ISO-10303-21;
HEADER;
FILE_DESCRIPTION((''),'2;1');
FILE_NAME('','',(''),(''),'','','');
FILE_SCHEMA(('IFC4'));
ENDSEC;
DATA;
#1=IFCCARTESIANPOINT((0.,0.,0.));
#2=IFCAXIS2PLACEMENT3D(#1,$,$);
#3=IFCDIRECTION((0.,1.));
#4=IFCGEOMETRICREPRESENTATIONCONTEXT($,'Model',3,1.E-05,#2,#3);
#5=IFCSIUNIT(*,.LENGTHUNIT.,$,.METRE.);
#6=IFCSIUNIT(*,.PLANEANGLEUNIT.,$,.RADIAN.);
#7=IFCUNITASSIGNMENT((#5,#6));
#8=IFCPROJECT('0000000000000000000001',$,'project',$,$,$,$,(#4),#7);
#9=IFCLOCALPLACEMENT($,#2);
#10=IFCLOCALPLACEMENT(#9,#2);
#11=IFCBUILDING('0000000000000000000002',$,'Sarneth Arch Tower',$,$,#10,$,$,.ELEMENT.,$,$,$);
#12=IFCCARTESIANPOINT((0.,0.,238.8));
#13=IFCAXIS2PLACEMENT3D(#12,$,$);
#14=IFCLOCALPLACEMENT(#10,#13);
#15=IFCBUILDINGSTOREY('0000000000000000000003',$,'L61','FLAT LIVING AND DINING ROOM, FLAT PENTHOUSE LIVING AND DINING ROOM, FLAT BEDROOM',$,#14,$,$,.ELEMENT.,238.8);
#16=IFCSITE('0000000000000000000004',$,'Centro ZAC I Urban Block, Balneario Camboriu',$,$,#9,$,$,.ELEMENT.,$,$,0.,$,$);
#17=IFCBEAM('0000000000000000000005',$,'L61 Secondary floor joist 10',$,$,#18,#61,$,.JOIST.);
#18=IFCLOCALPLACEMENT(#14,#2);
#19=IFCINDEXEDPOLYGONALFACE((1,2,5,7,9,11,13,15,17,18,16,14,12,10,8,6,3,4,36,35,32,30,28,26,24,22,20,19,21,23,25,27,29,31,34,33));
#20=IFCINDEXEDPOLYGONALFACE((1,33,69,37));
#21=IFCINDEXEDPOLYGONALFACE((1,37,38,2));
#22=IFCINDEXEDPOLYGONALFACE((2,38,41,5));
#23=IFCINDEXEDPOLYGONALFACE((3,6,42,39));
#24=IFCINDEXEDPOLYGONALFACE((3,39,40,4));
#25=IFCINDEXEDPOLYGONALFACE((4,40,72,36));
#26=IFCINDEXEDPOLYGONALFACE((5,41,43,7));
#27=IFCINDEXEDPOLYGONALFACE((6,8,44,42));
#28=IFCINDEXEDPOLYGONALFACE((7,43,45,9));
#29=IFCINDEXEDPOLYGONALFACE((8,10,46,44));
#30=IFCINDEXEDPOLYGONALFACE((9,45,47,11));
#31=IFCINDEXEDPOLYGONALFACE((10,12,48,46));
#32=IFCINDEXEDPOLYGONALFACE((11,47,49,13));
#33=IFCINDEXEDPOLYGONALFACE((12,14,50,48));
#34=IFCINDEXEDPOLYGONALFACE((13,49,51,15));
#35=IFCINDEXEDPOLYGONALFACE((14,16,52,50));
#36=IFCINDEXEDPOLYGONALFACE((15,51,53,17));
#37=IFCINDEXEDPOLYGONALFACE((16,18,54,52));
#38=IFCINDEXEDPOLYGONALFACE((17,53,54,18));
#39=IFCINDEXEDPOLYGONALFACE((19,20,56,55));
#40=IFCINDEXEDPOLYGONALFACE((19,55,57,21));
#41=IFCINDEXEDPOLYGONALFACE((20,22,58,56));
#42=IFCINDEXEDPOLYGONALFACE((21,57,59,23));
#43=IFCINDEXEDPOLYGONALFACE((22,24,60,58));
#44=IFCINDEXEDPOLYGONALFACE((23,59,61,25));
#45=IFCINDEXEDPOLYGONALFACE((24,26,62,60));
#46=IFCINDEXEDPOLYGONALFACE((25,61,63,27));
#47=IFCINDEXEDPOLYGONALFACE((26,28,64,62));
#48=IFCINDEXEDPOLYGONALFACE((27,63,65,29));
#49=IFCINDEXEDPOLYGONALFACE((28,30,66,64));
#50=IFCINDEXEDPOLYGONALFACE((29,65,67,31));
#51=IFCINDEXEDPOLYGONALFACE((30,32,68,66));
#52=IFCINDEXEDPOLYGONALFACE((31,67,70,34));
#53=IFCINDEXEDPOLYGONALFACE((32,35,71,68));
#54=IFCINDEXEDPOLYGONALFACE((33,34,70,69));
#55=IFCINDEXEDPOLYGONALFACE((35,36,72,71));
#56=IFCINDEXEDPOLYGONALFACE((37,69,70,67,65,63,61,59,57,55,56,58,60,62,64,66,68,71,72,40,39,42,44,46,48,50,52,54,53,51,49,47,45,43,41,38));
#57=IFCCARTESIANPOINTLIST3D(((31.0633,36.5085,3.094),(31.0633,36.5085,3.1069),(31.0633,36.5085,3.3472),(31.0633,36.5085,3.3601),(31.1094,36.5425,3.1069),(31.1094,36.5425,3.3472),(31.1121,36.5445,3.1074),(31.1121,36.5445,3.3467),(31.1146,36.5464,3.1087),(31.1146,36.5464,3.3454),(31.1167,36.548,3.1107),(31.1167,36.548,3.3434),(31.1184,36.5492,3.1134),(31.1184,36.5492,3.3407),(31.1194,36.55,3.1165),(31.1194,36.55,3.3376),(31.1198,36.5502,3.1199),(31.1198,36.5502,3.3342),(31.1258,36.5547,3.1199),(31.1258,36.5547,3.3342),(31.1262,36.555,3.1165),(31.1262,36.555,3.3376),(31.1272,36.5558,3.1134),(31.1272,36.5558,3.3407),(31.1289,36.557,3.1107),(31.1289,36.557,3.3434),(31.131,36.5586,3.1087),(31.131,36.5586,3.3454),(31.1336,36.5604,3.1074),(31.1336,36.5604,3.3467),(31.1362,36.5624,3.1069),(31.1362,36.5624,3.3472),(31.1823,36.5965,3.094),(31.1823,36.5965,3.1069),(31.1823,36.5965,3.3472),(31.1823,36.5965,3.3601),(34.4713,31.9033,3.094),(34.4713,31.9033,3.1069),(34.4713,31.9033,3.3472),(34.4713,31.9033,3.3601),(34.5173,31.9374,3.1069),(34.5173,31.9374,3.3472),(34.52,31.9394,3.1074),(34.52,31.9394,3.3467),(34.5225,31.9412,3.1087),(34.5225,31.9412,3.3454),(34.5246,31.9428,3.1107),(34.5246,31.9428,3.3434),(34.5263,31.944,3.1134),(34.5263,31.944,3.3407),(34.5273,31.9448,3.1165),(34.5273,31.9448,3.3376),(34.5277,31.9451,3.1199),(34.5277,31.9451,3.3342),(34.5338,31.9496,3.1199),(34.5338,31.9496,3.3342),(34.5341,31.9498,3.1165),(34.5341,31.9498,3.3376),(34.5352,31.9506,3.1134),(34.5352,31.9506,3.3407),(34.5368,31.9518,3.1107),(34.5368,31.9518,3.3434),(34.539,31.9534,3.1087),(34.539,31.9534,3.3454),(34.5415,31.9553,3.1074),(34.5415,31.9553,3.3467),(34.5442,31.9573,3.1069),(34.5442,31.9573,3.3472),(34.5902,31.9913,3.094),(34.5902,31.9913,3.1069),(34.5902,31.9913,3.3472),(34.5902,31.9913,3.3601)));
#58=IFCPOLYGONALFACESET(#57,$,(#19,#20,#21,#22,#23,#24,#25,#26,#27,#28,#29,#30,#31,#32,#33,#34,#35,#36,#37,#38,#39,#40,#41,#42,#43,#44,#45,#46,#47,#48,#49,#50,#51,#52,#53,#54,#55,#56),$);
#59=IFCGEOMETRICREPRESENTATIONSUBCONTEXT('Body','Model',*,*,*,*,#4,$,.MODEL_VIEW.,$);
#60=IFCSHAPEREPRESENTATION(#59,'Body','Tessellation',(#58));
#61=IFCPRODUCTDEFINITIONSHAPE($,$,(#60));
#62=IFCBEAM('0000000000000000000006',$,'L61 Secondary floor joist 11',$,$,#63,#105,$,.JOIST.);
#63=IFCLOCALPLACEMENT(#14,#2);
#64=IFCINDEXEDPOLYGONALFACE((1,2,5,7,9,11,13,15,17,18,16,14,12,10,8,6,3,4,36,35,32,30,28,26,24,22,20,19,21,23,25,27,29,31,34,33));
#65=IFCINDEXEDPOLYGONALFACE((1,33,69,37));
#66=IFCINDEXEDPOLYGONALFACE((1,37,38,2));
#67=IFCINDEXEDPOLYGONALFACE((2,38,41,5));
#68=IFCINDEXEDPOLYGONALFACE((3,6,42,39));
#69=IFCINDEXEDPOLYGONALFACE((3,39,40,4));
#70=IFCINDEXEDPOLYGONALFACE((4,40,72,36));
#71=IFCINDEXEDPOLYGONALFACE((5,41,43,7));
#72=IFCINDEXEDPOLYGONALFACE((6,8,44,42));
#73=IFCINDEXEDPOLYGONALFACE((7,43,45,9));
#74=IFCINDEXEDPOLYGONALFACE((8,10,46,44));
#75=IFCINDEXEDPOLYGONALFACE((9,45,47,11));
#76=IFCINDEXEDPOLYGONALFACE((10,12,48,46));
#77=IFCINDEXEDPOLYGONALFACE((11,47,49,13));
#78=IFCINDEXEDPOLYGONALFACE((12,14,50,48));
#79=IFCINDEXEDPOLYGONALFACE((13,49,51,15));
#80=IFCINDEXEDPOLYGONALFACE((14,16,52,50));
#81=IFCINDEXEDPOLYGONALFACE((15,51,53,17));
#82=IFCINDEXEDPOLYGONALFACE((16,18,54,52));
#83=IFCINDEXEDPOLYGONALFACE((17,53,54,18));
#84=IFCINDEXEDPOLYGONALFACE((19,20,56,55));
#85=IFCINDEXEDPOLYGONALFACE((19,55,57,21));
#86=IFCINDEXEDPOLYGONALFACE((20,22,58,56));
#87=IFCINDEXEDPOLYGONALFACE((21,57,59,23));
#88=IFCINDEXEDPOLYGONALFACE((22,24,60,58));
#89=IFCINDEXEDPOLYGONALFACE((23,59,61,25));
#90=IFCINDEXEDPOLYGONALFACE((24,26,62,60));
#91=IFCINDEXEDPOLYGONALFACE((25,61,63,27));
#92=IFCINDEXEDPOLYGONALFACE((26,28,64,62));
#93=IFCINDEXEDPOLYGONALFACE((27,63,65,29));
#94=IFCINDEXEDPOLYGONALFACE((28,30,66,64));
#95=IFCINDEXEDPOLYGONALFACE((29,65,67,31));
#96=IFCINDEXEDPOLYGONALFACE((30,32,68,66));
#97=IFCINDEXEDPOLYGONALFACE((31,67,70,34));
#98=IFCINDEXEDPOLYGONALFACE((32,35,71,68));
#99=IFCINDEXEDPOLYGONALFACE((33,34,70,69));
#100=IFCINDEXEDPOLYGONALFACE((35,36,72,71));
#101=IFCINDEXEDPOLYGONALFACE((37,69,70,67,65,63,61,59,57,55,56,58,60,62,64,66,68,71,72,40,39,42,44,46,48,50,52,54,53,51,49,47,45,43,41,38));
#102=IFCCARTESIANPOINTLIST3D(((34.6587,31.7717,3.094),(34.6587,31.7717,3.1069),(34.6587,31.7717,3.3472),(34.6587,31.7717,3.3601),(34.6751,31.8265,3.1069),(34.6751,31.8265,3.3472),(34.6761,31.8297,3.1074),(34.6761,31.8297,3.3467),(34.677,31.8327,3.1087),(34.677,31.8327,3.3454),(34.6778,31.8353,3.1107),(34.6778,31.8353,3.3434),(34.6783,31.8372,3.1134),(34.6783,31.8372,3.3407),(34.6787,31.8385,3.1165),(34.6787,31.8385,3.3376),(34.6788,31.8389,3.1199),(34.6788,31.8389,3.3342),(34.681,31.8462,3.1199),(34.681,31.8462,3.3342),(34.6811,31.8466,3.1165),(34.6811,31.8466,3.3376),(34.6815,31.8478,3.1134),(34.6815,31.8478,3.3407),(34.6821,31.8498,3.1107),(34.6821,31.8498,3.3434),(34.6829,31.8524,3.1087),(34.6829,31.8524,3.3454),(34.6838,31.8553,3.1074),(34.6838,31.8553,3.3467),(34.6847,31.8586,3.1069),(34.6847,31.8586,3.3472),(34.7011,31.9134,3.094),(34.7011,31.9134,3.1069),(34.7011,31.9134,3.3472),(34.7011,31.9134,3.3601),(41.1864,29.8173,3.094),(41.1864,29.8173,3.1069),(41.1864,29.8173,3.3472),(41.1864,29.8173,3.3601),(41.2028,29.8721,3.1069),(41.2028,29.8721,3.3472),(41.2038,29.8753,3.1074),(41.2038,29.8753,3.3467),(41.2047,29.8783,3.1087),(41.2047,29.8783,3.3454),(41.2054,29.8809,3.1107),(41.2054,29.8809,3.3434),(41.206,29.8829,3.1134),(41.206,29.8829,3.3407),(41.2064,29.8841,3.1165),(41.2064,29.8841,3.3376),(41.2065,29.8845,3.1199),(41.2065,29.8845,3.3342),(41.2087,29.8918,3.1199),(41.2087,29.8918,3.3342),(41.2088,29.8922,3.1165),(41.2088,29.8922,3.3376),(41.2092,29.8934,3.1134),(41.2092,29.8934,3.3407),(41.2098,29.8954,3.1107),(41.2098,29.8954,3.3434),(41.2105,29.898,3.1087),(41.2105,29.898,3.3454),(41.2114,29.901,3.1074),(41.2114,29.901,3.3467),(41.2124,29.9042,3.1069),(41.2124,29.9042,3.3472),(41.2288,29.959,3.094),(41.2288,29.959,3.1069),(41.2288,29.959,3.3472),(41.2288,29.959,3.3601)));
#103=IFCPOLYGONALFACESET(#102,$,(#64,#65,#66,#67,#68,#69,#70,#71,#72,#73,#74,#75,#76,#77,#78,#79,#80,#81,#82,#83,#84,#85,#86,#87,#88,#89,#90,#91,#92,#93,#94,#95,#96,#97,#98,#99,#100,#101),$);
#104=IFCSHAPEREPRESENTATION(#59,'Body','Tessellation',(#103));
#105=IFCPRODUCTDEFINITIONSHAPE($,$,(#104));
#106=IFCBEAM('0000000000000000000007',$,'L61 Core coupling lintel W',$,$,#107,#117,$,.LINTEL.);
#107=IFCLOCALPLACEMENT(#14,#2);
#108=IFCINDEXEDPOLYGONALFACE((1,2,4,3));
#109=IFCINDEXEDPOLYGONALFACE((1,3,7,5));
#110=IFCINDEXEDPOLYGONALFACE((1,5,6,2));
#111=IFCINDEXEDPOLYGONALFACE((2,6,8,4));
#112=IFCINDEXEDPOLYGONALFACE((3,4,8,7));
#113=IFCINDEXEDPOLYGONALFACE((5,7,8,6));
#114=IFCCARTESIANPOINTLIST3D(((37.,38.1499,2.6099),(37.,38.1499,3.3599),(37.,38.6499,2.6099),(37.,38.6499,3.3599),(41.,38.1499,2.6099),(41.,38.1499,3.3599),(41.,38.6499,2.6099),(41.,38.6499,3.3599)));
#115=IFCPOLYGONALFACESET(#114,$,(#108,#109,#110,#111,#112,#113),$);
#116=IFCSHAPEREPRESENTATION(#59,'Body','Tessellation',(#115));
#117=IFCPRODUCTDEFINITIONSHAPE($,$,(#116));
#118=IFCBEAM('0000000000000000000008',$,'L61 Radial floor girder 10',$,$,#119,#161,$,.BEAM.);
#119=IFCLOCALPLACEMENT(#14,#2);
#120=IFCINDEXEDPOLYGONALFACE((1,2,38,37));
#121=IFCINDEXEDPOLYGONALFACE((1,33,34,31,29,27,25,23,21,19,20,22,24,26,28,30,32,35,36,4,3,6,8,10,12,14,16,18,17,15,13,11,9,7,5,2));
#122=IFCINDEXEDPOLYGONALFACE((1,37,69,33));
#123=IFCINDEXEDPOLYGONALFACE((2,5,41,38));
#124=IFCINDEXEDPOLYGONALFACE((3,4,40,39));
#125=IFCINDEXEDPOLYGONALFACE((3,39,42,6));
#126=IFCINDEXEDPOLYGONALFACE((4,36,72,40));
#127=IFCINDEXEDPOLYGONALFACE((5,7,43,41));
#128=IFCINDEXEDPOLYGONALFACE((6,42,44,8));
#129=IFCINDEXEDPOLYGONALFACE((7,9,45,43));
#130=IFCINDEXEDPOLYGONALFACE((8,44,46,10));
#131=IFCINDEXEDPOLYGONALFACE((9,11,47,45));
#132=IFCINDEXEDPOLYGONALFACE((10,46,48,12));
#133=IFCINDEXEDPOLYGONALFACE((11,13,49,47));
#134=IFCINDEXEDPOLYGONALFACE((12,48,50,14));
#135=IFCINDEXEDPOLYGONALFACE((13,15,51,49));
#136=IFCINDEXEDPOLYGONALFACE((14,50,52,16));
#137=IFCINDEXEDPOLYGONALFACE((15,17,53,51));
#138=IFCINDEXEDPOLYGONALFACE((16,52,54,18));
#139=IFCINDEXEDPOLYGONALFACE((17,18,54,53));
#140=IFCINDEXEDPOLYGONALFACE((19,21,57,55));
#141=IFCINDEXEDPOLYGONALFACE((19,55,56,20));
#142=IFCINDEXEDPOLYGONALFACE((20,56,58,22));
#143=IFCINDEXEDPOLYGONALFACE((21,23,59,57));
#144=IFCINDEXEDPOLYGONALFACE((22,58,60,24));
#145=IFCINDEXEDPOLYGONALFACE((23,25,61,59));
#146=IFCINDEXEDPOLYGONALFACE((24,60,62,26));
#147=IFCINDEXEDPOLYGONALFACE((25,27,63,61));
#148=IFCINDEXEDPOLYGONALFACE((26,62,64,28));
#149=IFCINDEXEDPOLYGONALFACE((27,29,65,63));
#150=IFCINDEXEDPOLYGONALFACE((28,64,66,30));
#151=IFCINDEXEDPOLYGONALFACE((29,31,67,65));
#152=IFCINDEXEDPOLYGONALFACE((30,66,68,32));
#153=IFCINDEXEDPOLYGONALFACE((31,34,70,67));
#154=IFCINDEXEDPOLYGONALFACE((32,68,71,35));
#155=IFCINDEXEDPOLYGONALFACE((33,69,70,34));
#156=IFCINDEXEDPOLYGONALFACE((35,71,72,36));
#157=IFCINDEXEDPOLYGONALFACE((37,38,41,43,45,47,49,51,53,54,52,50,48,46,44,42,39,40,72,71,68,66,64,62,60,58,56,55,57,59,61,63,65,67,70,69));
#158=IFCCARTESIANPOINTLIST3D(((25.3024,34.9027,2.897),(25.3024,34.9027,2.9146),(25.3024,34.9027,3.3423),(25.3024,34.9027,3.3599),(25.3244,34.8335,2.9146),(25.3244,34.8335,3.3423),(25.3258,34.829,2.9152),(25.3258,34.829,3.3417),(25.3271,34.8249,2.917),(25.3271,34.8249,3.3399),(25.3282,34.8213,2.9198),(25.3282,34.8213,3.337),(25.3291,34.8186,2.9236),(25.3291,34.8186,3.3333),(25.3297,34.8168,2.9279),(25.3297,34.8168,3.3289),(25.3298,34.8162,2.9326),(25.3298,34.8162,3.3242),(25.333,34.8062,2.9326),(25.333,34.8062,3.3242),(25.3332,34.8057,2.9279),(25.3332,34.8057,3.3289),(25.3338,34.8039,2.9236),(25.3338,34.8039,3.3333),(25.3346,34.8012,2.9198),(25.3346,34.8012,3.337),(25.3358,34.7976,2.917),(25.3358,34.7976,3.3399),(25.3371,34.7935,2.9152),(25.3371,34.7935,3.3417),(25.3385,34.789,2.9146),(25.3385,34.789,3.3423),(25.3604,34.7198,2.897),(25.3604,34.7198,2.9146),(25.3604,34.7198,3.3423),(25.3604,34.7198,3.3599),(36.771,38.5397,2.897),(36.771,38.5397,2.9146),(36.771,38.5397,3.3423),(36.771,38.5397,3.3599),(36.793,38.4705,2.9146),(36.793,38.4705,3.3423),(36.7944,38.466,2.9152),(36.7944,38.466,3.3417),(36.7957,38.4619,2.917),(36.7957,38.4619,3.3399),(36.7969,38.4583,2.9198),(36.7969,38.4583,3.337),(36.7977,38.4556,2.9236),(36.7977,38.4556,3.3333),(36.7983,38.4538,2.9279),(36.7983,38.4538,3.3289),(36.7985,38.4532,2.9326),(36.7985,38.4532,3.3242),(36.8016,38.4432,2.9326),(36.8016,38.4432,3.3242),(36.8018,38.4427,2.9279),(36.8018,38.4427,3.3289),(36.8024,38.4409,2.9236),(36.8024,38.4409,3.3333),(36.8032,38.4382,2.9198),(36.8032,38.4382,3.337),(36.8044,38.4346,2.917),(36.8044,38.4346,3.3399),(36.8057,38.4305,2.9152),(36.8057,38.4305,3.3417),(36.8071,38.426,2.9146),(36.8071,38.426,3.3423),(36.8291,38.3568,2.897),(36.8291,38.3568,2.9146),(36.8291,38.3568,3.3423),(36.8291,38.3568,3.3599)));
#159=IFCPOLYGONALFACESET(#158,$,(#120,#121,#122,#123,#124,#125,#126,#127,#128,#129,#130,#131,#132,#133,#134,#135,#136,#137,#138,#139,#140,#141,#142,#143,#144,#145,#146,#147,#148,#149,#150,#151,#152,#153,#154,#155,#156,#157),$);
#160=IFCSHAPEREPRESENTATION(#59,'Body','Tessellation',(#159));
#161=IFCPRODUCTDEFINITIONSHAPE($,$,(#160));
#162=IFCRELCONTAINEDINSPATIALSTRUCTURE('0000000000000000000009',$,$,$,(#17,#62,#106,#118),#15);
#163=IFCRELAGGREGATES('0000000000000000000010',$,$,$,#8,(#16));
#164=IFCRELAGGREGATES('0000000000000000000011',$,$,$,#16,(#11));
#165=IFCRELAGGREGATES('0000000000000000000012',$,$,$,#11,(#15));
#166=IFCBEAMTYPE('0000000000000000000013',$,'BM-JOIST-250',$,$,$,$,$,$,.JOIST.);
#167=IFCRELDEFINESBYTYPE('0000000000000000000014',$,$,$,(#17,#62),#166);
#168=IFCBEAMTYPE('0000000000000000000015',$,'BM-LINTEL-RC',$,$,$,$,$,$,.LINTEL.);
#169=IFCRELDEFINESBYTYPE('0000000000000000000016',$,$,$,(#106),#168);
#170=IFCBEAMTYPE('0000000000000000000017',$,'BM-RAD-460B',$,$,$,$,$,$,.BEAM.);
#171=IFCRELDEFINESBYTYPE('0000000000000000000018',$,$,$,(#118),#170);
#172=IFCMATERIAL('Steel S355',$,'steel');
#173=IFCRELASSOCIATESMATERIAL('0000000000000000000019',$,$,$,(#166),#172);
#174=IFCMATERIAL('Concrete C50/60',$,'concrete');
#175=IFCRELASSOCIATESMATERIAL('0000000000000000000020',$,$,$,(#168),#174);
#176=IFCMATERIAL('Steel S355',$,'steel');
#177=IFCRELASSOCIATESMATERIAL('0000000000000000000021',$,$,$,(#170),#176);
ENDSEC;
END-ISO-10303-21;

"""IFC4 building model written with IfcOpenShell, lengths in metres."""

from ifc_helpers import new_model, si_unit, direction, frame, origin, origin_2d, place, context, subcontext, project, spatial, rectangle, i_section, extrude, material, material_profile, profile_set, type_object, element, save


model = new_model("IFC4")

# Units and contexts
model_context = context("Model", 3, precision=1e-05, world=origin(), true_north=direction((0.0, 1.0)))
body_context = subcontext(model_context, "Body", "Model", "MODEL_VIEW")
ifc_project = project(units=[si_unit("LENGTHUNIT", "METRE"), si_unit("PLANEANGLEUNIT", "RADIAN")], contexts=[model_context])

# Site, building, storey
site_placement = place(None, origin())
site = spatial("IfcSite", under=ifc_project, at=site_placement, Name="Centro ZAC I Urban Block, Balneario Camboriu", CompositionType="ELEMENT", RefElevation=0.0)
building_placement = place(site_placement, origin())
building = spatial("IfcBuilding", under=site, at=building_placement, Name="Sarneth Arch Tower", CompositionType="ELEMENT")
storey_placement = place(building_placement, frame((0.0, 0.0, 238.8)))
storey = spatial("IfcBuildingStorey", under=building, at=storey_placement, Name="L61", Description="FLAT LIVING AND DINING ROOM, FLAT PENTHOUSE LIVING AND DINING ROOM, FLAT BEDROOM", CompositionType="ELEMENT", Elevation=238.8)

# Beams
ifc_material_1 = material(Name="Steel S355", Category="steel")
ifc_material_profile_1 = material_profile(ifc_material_1, i_section(OverallWidth=0.1479, OverallDepth=0.2661, WebThickness=0.0076, FlangeThickness=0.0129, FilletRadius=0.0129, at=origin_2d()), Name="W250x44.8")
ifc_profile_set_1 = profile_set([ifc_material_profile_1], Name="Steel S355")
beam_type_1 = type_object("IfcBeamType", Name="BM-JOIST-250", PredefinedType="JOIST", material=ifc_profile_set_1)
beam_1_placement = place(storey_placement, frame((31.1228, 36.5525, 3.2271), z_axis=(0.594853, -0.803834, 0.0), x_axis=(0.803834, 0.594853, 0.0)))
element("IfcBeam", 1, at=beam_1_placement, inside=storey, type_object=beam_type_1, Name="L61 Secondary floor joist 10", PredefinedType="JOIST", context=body_context, shape_type="SweptSolid", body=[
    extrude(i_section(OverallWidth=0.1479, OverallDepth=0.2661, WebThickness=0.0076, FlangeThickness=0.0129, FilletRadius=0.0129, at=origin_2d()), origin(), (0.0, 0.0, 1.0), 5.729),
])
beam_2_placement = place(storey_placement, frame((34.6799, 31.8425, 3.2271), z_axis=(0.957985, -0.286819, 0.0), x_axis=(0.286819, 0.957985, 0.0)))
element("IfcBeam", 2, at=beam_2_placement, inside=storey, type_object=beam_type_1, Name="L61 Secondary floor joist 11", PredefinedType="JOIST", context=body_context, shape_type="SweptSolid", body=[
    extrude(i_section(OverallWidth=0.1479, OverallDepth=0.2661, WebThickness=0.0076, FlangeThickness=0.0129, FilletRadius=0.0129, at=origin_2d()), origin(), (0.0, 0.0, 1.0), 6.814),
])
ifc_material_2 = material(Name="Concrete C50/60", Category="concrete")
ifc_material_profile_2 = material_profile(ifc_material_2, rectangle(XDim=0.5, YDim=0.75, at=origin_2d()), Name="RC-500x750")
ifc_profile_set_2 = profile_set([ifc_material_profile_2], Name="Concrete C50/60")
beam_type_2 = type_object("IfcBeamType", Name="BM-LINTEL-RC", PredefinedType="LINTEL", material=ifc_profile_set_2)
beam_3_placement = place(storey_placement, frame((37.0, 38.3999, 2.9849), z_axis=(1.0, 0.0, 0.0), x_axis=(0.0, 1.0, 0.0)))
element("IfcBeam", 3, at=beam_3_placement, inside=storey, type_object=beam_type_2, Name="L61 Core coupling lintel W", PredefinedType="LINTEL", context=body_context, shape_type="SweptSolid", body=[
    extrude(rectangle(XDim=0.5, YDim=0.75, at=origin_2d()), origin(), (0.0, 0.0, 1.0), 4.0),
])
ifc_material_3 = material(Name="Steel S355", Category="steel")
ifc_material_profile_3 = material_profile(ifc_material_3, i_section(OverallWidth=0.1919, OverallDepth=0.4629, WebThickness=0.0105, FlangeThickness=0.0176, FilletRadius=0.0181, at=origin_2d()), Name="W460x89")
ifc_profile_set_3 = profile_set([ifc_material_profile_3], Name="Steel S355")
beam_type_3 = type_object("IfcBeamType", Name="BM-RAD-460B", PredefinedType="BEAM", material=ifc_profile_set_3)
beam_4_placement = place(storey_placement, frame((36.8, 38.4482, 3.1284), z_axis=(-0.953216, -0.30229, 0.0), x_axis=(0.30229, -0.953216, 0.0)))
element("IfcBeam", 4, at=beam_4_placement, inside=storey, type_object=beam_type_3, Name="L61 Radial floor girder 10", PredefinedType="BEAM", context=body_context, shape_type="SweptSolid", body=[
    extrude(i_section(OverallWidth=0.1919, OverallDepth=0.4629, WebThickness=0.0105, FlangeThickness=0.0176, FilletRadius=0.0181, at=origin_2d()), origin(), (0.0, 0.0, 1.0), 12.0315),
])

save(model, "model.ifc")
